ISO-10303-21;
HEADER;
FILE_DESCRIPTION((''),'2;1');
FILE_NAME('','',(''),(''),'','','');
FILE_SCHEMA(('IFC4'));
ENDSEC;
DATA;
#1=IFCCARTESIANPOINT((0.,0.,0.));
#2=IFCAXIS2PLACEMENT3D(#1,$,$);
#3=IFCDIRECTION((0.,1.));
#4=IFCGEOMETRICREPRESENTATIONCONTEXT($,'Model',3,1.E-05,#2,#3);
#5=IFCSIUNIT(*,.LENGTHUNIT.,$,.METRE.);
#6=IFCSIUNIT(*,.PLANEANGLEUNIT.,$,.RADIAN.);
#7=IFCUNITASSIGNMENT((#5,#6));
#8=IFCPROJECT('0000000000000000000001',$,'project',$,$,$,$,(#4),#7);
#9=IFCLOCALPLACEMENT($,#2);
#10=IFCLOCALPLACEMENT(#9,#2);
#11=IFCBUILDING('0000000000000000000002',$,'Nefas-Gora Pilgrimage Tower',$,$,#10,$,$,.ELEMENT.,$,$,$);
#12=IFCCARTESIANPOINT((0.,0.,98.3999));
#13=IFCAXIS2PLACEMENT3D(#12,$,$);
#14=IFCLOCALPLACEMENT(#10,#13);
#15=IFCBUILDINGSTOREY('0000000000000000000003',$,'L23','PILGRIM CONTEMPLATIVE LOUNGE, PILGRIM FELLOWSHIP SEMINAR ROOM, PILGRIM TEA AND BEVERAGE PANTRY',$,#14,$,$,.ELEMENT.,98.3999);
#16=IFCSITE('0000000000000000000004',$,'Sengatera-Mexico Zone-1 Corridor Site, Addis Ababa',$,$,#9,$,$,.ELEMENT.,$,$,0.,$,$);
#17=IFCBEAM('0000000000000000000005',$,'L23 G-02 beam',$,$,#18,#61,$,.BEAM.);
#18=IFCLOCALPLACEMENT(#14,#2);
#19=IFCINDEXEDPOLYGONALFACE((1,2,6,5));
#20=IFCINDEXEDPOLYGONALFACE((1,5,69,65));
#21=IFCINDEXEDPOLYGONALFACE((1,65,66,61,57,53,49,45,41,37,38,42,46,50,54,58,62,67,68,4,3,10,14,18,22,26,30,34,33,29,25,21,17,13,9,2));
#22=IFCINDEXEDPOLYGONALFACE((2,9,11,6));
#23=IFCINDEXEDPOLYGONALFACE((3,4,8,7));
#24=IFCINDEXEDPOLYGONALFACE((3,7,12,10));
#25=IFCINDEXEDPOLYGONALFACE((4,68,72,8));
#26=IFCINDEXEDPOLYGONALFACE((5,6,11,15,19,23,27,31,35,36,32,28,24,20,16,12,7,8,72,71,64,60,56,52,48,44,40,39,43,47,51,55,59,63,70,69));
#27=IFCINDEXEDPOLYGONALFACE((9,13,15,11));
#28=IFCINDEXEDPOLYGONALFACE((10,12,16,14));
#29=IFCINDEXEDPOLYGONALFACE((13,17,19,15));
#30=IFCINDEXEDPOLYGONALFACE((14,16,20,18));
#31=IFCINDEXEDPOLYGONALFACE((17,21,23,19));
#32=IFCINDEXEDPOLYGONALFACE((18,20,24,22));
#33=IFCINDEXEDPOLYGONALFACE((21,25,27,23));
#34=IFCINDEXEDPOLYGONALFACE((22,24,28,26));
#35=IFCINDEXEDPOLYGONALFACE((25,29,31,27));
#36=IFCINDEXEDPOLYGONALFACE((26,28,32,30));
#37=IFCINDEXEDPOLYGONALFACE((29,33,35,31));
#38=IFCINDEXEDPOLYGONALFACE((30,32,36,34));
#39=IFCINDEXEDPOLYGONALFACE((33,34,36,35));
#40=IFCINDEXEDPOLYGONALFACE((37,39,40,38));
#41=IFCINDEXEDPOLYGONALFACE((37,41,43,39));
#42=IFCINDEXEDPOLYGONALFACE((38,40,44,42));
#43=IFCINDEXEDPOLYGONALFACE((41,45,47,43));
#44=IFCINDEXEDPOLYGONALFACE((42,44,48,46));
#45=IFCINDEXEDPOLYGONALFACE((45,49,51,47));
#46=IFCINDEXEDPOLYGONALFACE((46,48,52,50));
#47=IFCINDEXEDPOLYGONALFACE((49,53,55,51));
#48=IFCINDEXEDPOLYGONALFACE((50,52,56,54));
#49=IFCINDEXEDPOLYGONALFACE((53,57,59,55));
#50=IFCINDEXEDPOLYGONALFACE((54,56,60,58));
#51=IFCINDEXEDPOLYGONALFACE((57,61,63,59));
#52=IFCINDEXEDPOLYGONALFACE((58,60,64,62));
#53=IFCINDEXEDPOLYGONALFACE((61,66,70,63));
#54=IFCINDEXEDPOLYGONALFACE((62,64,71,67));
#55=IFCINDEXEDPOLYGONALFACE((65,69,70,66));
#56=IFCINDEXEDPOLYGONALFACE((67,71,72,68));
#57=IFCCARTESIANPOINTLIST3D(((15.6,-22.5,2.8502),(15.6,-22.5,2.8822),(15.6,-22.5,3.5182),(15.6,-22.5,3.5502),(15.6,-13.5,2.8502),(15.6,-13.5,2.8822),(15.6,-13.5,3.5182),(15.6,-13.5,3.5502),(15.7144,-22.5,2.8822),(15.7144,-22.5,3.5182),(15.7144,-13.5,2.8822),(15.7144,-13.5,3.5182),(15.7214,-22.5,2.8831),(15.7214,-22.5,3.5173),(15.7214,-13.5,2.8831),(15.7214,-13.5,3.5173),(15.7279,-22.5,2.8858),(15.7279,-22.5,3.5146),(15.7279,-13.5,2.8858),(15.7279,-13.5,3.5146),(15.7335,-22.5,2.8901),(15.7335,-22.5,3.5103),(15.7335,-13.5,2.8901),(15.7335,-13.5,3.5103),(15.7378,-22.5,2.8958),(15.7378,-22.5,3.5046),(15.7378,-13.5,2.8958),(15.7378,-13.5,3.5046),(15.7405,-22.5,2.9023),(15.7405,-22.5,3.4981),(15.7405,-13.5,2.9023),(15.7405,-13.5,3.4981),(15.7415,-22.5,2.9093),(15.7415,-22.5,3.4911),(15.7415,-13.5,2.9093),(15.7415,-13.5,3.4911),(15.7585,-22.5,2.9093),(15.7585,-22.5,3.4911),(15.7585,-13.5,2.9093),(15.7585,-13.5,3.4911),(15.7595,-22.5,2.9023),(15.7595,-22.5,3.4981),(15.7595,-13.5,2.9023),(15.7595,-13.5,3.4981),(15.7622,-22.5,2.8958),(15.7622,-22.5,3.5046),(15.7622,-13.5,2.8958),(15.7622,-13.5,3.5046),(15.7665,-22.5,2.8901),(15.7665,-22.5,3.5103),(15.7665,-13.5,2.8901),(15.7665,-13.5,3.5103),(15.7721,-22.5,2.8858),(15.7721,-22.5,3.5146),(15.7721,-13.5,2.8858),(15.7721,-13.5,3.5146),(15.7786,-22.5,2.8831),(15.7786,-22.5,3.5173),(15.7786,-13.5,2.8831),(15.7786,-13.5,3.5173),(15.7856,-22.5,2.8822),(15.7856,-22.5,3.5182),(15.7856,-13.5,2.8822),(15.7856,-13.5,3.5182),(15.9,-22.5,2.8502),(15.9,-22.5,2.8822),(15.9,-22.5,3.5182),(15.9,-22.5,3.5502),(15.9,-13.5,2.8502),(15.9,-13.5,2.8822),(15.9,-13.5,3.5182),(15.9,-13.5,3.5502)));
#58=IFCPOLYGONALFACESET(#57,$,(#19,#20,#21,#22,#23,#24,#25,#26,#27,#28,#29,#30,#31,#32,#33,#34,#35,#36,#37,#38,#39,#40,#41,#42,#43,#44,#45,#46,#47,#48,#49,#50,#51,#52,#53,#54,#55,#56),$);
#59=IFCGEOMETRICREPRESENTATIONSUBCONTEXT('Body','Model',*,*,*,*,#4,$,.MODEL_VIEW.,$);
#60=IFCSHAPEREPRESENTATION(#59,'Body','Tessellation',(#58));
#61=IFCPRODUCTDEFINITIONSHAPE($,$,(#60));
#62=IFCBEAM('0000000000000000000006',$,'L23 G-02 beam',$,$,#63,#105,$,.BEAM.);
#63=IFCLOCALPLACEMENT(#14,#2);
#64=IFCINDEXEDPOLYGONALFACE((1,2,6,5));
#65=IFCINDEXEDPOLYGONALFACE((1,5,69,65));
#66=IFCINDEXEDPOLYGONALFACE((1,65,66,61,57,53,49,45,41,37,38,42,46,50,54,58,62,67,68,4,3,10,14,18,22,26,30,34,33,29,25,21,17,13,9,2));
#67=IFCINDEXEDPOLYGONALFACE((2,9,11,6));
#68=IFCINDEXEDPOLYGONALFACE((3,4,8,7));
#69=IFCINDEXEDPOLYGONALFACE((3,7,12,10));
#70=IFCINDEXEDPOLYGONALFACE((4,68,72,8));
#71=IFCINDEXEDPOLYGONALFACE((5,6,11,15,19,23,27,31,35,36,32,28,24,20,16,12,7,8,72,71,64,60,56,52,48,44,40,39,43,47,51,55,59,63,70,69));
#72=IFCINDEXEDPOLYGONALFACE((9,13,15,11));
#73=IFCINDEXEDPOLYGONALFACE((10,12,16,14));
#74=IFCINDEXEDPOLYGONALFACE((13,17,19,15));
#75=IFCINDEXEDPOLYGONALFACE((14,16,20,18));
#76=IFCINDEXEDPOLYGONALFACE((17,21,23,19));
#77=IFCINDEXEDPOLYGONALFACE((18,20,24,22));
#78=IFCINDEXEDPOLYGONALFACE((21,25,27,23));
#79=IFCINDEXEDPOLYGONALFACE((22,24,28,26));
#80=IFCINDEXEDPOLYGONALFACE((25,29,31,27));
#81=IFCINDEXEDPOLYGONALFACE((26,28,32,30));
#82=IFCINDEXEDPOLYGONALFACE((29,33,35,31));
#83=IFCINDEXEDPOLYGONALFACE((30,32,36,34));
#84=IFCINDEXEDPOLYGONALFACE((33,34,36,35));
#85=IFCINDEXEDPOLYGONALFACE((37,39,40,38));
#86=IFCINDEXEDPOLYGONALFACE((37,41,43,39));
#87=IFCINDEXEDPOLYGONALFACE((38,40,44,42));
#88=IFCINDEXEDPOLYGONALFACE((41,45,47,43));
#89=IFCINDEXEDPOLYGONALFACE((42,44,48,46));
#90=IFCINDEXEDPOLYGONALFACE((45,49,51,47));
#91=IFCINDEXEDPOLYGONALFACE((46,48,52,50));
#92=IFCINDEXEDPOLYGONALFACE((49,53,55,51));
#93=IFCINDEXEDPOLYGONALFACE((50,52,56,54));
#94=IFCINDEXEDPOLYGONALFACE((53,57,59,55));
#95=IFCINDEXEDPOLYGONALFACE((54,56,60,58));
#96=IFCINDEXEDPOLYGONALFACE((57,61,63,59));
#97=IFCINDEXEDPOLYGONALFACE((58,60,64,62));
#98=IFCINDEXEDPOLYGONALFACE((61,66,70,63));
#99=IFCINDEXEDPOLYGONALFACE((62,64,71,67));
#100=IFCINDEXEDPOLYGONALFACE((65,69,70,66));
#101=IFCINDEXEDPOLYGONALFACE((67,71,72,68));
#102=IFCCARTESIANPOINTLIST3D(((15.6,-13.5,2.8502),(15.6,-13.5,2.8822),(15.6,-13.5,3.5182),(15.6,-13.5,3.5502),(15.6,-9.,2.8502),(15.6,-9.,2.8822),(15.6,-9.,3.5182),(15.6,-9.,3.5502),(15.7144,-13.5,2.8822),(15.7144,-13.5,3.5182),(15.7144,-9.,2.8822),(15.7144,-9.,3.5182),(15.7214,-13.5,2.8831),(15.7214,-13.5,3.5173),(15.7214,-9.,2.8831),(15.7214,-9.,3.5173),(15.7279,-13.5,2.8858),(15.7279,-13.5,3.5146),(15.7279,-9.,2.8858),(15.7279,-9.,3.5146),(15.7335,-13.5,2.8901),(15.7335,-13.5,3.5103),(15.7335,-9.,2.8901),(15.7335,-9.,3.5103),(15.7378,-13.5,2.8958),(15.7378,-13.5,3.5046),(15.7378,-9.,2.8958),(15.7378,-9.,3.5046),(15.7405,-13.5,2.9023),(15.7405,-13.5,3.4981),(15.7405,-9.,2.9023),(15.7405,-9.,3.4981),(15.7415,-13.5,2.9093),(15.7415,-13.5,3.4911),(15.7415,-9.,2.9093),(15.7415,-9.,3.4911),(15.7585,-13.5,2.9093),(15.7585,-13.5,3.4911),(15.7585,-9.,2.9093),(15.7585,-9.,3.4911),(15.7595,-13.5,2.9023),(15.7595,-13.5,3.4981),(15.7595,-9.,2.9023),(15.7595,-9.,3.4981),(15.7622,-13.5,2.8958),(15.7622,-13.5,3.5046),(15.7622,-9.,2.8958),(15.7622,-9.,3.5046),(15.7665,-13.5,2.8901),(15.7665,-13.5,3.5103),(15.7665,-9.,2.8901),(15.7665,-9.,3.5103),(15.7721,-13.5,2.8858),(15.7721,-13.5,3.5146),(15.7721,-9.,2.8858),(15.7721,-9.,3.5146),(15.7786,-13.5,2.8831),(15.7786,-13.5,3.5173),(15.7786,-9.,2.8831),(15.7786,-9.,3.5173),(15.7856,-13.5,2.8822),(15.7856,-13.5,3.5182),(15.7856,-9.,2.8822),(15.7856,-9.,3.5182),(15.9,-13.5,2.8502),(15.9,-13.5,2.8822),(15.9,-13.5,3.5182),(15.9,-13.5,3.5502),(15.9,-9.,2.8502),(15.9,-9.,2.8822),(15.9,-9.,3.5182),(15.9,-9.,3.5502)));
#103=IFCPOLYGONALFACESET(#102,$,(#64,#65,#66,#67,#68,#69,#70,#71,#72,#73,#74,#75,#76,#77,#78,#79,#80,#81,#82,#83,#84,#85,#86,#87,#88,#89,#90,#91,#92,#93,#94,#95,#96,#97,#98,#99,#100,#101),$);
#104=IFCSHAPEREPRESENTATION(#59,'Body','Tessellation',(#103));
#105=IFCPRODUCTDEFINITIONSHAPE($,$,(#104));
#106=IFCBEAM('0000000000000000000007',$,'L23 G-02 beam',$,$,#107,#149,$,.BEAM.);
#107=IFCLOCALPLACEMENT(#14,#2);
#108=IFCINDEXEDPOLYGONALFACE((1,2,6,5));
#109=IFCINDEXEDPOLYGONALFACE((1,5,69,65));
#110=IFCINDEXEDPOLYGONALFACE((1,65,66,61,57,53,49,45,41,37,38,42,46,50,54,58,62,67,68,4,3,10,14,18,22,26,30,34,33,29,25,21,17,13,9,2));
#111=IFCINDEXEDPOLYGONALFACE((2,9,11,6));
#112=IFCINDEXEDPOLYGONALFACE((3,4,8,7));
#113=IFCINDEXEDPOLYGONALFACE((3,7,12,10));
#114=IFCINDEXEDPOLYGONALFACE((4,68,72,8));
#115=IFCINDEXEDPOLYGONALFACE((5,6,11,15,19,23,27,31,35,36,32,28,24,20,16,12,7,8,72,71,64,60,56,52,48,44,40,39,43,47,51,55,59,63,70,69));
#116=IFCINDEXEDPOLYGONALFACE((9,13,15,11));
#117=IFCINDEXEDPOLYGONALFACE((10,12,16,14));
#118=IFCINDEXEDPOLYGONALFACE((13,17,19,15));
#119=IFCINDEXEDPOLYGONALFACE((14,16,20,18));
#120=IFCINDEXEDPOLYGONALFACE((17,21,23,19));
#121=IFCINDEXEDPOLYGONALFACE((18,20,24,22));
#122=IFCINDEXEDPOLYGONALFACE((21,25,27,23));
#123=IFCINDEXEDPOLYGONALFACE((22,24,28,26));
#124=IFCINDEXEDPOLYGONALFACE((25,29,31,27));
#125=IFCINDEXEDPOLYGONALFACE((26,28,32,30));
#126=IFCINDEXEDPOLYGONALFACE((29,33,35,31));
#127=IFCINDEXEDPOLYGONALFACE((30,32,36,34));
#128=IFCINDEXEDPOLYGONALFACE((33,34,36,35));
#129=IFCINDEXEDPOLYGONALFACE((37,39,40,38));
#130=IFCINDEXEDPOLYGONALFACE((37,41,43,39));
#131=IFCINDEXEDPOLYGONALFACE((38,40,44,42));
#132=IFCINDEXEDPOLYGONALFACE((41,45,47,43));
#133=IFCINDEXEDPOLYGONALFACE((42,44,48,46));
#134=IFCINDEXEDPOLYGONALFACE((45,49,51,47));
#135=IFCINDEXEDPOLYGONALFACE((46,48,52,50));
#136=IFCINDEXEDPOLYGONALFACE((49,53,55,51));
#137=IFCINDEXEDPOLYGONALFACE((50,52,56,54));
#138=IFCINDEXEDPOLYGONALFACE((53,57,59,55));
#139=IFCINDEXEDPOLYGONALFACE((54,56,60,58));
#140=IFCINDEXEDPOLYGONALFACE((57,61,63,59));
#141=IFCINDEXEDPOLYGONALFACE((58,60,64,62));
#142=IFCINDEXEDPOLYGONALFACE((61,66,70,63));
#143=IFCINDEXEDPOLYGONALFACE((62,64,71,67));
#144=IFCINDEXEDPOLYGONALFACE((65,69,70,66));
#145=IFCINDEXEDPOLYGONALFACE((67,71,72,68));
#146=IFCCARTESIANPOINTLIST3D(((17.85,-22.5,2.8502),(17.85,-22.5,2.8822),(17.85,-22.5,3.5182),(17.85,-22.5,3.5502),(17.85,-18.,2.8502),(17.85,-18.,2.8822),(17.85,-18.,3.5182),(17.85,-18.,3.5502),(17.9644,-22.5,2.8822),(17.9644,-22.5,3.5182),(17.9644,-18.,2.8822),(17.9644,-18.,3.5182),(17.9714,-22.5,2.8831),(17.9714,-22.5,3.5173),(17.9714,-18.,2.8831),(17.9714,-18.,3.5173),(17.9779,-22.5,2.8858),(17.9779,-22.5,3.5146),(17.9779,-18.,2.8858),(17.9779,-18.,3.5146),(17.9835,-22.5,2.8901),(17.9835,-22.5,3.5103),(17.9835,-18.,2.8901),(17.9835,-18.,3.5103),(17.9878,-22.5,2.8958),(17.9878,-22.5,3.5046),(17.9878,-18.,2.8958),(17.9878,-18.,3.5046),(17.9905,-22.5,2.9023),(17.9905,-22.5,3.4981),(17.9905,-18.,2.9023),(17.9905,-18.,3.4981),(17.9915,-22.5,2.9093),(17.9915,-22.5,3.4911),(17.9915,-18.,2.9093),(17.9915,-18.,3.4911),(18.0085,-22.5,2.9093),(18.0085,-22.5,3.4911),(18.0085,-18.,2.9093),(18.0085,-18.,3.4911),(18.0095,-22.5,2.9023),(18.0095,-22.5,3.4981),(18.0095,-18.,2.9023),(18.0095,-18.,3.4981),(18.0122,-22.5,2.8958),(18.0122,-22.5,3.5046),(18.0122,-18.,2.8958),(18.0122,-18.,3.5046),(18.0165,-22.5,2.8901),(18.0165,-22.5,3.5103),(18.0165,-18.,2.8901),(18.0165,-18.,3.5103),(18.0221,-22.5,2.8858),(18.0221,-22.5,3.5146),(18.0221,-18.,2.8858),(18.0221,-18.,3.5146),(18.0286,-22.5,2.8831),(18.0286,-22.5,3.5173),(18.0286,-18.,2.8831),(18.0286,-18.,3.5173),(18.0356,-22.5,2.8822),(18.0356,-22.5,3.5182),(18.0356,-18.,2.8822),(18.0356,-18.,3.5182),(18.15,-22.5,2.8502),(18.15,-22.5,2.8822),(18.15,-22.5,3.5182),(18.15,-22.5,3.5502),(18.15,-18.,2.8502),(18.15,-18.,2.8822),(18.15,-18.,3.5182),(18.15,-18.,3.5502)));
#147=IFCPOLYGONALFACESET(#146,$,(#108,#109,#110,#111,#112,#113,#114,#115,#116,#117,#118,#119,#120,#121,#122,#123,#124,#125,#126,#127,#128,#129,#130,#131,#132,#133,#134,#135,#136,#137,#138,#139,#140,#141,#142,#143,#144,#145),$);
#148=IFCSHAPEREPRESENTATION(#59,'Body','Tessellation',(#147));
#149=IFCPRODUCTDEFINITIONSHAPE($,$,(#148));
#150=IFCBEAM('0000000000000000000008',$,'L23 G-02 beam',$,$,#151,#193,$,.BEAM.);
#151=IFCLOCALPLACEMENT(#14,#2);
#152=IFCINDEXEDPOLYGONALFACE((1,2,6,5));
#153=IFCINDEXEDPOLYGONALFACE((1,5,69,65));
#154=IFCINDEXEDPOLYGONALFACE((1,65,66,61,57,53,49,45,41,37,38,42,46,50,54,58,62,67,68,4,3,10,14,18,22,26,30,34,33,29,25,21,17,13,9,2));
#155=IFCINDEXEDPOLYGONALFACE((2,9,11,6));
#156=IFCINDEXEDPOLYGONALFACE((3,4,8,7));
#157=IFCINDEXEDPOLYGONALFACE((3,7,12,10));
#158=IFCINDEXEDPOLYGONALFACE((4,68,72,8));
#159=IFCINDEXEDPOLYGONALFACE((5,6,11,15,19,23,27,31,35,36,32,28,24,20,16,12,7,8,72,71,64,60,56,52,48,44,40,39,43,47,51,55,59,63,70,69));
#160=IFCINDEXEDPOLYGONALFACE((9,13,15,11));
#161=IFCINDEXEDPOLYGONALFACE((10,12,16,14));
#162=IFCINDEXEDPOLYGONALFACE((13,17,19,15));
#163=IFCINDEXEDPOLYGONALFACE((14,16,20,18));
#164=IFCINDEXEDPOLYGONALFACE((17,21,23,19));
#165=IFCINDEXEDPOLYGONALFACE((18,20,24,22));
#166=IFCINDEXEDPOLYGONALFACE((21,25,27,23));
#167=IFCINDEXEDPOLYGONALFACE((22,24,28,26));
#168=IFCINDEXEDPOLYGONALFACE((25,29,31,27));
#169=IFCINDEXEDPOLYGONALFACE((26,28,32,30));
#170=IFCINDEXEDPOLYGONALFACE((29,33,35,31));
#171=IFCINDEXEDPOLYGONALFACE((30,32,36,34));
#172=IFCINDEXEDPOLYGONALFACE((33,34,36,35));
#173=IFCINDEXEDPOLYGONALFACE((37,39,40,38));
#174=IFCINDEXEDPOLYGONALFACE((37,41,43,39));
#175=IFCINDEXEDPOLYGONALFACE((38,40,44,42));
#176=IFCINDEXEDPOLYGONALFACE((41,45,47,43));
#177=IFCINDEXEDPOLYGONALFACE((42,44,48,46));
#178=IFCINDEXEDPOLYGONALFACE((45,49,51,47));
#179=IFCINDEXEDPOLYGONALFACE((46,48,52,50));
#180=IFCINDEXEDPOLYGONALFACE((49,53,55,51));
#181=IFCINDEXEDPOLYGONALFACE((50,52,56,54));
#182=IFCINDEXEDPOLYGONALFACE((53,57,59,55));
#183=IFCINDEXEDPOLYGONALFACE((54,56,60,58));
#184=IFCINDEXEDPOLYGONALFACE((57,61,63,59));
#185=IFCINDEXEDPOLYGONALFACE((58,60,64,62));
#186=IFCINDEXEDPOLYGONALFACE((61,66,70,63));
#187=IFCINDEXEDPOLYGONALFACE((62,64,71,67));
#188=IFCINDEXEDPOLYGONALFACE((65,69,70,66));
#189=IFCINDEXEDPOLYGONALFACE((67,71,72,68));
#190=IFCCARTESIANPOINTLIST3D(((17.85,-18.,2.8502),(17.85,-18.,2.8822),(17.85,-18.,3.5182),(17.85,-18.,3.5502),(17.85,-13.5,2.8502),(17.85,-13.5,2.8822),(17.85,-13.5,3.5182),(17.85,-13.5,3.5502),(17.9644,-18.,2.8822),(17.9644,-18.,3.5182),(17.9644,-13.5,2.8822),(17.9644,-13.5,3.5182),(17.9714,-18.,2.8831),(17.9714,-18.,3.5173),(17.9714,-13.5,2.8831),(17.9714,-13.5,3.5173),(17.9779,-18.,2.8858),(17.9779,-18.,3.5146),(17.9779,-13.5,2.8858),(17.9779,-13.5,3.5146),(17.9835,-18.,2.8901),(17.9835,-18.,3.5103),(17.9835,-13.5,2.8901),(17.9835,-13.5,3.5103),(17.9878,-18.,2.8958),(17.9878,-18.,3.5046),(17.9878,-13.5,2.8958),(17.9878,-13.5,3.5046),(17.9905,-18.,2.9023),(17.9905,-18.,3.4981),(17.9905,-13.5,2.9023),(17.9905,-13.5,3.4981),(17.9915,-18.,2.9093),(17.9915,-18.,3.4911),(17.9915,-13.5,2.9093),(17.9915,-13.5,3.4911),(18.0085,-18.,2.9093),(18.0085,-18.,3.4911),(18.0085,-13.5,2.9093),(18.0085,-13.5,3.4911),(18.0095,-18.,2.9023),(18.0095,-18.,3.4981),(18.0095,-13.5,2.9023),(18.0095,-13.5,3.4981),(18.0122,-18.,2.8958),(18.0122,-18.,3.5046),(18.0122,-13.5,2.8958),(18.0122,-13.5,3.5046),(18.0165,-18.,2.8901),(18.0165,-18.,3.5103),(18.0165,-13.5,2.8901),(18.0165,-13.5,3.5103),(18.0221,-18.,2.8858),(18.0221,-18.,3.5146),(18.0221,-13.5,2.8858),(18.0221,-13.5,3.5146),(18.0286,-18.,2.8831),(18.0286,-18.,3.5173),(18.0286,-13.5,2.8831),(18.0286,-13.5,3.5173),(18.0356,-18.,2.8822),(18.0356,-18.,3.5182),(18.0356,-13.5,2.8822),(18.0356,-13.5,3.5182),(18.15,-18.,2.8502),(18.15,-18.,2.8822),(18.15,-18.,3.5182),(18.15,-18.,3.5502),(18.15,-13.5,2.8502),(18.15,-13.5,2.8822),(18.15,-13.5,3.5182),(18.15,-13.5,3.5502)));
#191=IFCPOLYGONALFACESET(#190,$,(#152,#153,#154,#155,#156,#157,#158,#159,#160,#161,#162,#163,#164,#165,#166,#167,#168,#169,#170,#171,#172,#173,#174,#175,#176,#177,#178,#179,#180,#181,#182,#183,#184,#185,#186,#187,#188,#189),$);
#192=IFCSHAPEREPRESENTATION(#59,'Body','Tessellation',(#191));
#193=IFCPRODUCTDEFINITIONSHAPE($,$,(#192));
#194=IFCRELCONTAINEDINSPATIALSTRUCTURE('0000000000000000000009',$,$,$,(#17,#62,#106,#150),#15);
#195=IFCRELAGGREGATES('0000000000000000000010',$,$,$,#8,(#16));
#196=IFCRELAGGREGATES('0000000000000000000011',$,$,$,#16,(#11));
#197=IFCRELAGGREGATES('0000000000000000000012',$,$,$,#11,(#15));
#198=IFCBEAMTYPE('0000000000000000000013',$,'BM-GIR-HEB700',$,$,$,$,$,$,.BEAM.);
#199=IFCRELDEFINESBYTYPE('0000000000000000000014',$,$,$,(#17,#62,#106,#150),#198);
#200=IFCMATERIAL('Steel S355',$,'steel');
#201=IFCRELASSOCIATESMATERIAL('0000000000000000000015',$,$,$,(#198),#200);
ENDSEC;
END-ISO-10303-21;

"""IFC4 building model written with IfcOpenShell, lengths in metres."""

from ifc_helpers import new_model, si_unit, direction, frame, origin, origin_2d, place, context, subcontext, project, spatial, i_section, extrude, source, transform, mapped, material, material_profile, profile_set, type_object, element, save


model = new_model("IFC4")

# Units and contexts
model_context = context("Model", 3, precision=1e-05, world=origin(), true_north=direction((0.0, 1.0)))
body_context = subcontext(model_context, "Body", "Model", "MODEL_VIEW")
ifc_project = project(units=[si_unit("LENGTHUNIT", "METRE"), si_unit("PLANEANGLEUNIT", "RADIAN")], contexts=[model_context])

# Site, building, storey
site_placement = place(None, origin())
site = spatial("IfcSite", under=ifc_project, at=site_placement, Name="Sengatera-Mexico Zone-1 Corridor Site, Addis Ababa", CompositionType="ELEMENT", RefElevation=0.0)
building_placement = place(site_placement, origin())
building = spatial("IfcBuilding", under=site, at=building_placement, Name="Nefas-Gora Pilgrimage Tower", CompositionType="ELEMENT")
storey_placement = place(building_placement, frame((0.0, 0.0, 98.3999)))
storey = spatial("IfcBuildingStorey", under=building, at=storey_placement, Name="L23", Description="PILGRIM CONTEMPLATIVE LOUNGE, PILGRIM FELLOWSHIP SEMINAR ROOM, PILGRIM TEA AND BEVERAGE PANTRY", CompositionType="ELEMENT", Elevation=98.3999)

# Beams
ifc_material_1 = material(Name="Steel S355", Category="steel")
ifc_material_profile_1 = material_profile(ifc_material_1, i_section(OverallWidth=0.3, OverallDepth=0.7, WebThickness=0.0171, FlangeThickness=0.032, FilletRadius=0.0271, at=origin_2d()), Name="HEB 700")
ifc_profile_set_1 = profile_set([ifc_material_profile_1], Name="Steel S355")
beam_type_1 = type_object("IfcBeamType", Name="BM-GIR-HEB700", PredefinedType="BEAM", material=ifc_profile_set_1)
shared_shape_1 = source(origin(), body_context, "Body", "SweptSolid", [
    extrude(i_section(OverallWidth=0.3, OverallDepth=0.7, WebThickness=0.0171, FlangeThickness=0.032, FilletRadius=0.0271, at=origin_2d()), origin(), (0.0, 0.0, 1.0), 9.0),
])
beam_1_placement = place(storey_placement, frame((15.75, -22.5, 3.2002), z_axis=(0.0, 1.0, 0.0), x_axis=(-1.0, 0.0, 0.0)))
element("IfcBeam", 1, at=beam_1_placement, inside=storey, type_object=beam_type_1, Name="L23 G-02 beam", PredefinedType="BEAM", context=body_context, shape_type="MappedRepresentation", body=[
    mapped(shared_shape_1, transform((0.0, 0.0, 0.0), x_axis=(1.0, 0.0, 0.0), y_axis=(0.0, 1.0, 0.0), z_axis=(0.0, 0.0, 1.0), scale=1.0)),
])
shared_shape_2 = source(origin(), body_context, "Body", "SweptSolid", [
    extrude(i_section(OverallWidth=0.3, OverallDepth=0.7, WebThickness=0.0171, FlangeThickness=0.032, FilletRadius=0.0271, at=origin_2d()), origin(), (0.0, 0.0, 1.0), 4.5),
])
for number, where, z_axis, x_axis, name in (
    (2, (15.75, -13.5, 3.2002), (0.0, 1.0, 0.0), (-1.0, 0.0, 0.0), "L23 G-02 beam"),
    (3, (18.0, -22.5, 3.2002), (0.0, 1.0, 0.0), (-1.0, 0.0, 0.0), "L23 G-02 beam"),
    (4, (18.0, -18.0, 3.2002), (0.0, 1.0, 0.0), (-1.0, 0.0, 0.0), "L23 G-02 beam"),
):
    element("IfcBeam", number, at=place(storey_placement, frame(where, z_axis=z_axis, x_axis=x_axis)), inside=storey, type_object=beam_type_1, Name=name, PredefinedType="BEAM", context=body_context, shape_type="MappedRepresentation", body=[
        mapped(shared_shape_2, transform((0.0, 0.0, 0.0), x_axis=(1.0, 0.0, 0.0), y_axis=(0.0, 1.0, 0.0), z_axis=(0.0, 0.0, 1.0), scale=1.0)),
    ])

save(model, "model.ifc")
